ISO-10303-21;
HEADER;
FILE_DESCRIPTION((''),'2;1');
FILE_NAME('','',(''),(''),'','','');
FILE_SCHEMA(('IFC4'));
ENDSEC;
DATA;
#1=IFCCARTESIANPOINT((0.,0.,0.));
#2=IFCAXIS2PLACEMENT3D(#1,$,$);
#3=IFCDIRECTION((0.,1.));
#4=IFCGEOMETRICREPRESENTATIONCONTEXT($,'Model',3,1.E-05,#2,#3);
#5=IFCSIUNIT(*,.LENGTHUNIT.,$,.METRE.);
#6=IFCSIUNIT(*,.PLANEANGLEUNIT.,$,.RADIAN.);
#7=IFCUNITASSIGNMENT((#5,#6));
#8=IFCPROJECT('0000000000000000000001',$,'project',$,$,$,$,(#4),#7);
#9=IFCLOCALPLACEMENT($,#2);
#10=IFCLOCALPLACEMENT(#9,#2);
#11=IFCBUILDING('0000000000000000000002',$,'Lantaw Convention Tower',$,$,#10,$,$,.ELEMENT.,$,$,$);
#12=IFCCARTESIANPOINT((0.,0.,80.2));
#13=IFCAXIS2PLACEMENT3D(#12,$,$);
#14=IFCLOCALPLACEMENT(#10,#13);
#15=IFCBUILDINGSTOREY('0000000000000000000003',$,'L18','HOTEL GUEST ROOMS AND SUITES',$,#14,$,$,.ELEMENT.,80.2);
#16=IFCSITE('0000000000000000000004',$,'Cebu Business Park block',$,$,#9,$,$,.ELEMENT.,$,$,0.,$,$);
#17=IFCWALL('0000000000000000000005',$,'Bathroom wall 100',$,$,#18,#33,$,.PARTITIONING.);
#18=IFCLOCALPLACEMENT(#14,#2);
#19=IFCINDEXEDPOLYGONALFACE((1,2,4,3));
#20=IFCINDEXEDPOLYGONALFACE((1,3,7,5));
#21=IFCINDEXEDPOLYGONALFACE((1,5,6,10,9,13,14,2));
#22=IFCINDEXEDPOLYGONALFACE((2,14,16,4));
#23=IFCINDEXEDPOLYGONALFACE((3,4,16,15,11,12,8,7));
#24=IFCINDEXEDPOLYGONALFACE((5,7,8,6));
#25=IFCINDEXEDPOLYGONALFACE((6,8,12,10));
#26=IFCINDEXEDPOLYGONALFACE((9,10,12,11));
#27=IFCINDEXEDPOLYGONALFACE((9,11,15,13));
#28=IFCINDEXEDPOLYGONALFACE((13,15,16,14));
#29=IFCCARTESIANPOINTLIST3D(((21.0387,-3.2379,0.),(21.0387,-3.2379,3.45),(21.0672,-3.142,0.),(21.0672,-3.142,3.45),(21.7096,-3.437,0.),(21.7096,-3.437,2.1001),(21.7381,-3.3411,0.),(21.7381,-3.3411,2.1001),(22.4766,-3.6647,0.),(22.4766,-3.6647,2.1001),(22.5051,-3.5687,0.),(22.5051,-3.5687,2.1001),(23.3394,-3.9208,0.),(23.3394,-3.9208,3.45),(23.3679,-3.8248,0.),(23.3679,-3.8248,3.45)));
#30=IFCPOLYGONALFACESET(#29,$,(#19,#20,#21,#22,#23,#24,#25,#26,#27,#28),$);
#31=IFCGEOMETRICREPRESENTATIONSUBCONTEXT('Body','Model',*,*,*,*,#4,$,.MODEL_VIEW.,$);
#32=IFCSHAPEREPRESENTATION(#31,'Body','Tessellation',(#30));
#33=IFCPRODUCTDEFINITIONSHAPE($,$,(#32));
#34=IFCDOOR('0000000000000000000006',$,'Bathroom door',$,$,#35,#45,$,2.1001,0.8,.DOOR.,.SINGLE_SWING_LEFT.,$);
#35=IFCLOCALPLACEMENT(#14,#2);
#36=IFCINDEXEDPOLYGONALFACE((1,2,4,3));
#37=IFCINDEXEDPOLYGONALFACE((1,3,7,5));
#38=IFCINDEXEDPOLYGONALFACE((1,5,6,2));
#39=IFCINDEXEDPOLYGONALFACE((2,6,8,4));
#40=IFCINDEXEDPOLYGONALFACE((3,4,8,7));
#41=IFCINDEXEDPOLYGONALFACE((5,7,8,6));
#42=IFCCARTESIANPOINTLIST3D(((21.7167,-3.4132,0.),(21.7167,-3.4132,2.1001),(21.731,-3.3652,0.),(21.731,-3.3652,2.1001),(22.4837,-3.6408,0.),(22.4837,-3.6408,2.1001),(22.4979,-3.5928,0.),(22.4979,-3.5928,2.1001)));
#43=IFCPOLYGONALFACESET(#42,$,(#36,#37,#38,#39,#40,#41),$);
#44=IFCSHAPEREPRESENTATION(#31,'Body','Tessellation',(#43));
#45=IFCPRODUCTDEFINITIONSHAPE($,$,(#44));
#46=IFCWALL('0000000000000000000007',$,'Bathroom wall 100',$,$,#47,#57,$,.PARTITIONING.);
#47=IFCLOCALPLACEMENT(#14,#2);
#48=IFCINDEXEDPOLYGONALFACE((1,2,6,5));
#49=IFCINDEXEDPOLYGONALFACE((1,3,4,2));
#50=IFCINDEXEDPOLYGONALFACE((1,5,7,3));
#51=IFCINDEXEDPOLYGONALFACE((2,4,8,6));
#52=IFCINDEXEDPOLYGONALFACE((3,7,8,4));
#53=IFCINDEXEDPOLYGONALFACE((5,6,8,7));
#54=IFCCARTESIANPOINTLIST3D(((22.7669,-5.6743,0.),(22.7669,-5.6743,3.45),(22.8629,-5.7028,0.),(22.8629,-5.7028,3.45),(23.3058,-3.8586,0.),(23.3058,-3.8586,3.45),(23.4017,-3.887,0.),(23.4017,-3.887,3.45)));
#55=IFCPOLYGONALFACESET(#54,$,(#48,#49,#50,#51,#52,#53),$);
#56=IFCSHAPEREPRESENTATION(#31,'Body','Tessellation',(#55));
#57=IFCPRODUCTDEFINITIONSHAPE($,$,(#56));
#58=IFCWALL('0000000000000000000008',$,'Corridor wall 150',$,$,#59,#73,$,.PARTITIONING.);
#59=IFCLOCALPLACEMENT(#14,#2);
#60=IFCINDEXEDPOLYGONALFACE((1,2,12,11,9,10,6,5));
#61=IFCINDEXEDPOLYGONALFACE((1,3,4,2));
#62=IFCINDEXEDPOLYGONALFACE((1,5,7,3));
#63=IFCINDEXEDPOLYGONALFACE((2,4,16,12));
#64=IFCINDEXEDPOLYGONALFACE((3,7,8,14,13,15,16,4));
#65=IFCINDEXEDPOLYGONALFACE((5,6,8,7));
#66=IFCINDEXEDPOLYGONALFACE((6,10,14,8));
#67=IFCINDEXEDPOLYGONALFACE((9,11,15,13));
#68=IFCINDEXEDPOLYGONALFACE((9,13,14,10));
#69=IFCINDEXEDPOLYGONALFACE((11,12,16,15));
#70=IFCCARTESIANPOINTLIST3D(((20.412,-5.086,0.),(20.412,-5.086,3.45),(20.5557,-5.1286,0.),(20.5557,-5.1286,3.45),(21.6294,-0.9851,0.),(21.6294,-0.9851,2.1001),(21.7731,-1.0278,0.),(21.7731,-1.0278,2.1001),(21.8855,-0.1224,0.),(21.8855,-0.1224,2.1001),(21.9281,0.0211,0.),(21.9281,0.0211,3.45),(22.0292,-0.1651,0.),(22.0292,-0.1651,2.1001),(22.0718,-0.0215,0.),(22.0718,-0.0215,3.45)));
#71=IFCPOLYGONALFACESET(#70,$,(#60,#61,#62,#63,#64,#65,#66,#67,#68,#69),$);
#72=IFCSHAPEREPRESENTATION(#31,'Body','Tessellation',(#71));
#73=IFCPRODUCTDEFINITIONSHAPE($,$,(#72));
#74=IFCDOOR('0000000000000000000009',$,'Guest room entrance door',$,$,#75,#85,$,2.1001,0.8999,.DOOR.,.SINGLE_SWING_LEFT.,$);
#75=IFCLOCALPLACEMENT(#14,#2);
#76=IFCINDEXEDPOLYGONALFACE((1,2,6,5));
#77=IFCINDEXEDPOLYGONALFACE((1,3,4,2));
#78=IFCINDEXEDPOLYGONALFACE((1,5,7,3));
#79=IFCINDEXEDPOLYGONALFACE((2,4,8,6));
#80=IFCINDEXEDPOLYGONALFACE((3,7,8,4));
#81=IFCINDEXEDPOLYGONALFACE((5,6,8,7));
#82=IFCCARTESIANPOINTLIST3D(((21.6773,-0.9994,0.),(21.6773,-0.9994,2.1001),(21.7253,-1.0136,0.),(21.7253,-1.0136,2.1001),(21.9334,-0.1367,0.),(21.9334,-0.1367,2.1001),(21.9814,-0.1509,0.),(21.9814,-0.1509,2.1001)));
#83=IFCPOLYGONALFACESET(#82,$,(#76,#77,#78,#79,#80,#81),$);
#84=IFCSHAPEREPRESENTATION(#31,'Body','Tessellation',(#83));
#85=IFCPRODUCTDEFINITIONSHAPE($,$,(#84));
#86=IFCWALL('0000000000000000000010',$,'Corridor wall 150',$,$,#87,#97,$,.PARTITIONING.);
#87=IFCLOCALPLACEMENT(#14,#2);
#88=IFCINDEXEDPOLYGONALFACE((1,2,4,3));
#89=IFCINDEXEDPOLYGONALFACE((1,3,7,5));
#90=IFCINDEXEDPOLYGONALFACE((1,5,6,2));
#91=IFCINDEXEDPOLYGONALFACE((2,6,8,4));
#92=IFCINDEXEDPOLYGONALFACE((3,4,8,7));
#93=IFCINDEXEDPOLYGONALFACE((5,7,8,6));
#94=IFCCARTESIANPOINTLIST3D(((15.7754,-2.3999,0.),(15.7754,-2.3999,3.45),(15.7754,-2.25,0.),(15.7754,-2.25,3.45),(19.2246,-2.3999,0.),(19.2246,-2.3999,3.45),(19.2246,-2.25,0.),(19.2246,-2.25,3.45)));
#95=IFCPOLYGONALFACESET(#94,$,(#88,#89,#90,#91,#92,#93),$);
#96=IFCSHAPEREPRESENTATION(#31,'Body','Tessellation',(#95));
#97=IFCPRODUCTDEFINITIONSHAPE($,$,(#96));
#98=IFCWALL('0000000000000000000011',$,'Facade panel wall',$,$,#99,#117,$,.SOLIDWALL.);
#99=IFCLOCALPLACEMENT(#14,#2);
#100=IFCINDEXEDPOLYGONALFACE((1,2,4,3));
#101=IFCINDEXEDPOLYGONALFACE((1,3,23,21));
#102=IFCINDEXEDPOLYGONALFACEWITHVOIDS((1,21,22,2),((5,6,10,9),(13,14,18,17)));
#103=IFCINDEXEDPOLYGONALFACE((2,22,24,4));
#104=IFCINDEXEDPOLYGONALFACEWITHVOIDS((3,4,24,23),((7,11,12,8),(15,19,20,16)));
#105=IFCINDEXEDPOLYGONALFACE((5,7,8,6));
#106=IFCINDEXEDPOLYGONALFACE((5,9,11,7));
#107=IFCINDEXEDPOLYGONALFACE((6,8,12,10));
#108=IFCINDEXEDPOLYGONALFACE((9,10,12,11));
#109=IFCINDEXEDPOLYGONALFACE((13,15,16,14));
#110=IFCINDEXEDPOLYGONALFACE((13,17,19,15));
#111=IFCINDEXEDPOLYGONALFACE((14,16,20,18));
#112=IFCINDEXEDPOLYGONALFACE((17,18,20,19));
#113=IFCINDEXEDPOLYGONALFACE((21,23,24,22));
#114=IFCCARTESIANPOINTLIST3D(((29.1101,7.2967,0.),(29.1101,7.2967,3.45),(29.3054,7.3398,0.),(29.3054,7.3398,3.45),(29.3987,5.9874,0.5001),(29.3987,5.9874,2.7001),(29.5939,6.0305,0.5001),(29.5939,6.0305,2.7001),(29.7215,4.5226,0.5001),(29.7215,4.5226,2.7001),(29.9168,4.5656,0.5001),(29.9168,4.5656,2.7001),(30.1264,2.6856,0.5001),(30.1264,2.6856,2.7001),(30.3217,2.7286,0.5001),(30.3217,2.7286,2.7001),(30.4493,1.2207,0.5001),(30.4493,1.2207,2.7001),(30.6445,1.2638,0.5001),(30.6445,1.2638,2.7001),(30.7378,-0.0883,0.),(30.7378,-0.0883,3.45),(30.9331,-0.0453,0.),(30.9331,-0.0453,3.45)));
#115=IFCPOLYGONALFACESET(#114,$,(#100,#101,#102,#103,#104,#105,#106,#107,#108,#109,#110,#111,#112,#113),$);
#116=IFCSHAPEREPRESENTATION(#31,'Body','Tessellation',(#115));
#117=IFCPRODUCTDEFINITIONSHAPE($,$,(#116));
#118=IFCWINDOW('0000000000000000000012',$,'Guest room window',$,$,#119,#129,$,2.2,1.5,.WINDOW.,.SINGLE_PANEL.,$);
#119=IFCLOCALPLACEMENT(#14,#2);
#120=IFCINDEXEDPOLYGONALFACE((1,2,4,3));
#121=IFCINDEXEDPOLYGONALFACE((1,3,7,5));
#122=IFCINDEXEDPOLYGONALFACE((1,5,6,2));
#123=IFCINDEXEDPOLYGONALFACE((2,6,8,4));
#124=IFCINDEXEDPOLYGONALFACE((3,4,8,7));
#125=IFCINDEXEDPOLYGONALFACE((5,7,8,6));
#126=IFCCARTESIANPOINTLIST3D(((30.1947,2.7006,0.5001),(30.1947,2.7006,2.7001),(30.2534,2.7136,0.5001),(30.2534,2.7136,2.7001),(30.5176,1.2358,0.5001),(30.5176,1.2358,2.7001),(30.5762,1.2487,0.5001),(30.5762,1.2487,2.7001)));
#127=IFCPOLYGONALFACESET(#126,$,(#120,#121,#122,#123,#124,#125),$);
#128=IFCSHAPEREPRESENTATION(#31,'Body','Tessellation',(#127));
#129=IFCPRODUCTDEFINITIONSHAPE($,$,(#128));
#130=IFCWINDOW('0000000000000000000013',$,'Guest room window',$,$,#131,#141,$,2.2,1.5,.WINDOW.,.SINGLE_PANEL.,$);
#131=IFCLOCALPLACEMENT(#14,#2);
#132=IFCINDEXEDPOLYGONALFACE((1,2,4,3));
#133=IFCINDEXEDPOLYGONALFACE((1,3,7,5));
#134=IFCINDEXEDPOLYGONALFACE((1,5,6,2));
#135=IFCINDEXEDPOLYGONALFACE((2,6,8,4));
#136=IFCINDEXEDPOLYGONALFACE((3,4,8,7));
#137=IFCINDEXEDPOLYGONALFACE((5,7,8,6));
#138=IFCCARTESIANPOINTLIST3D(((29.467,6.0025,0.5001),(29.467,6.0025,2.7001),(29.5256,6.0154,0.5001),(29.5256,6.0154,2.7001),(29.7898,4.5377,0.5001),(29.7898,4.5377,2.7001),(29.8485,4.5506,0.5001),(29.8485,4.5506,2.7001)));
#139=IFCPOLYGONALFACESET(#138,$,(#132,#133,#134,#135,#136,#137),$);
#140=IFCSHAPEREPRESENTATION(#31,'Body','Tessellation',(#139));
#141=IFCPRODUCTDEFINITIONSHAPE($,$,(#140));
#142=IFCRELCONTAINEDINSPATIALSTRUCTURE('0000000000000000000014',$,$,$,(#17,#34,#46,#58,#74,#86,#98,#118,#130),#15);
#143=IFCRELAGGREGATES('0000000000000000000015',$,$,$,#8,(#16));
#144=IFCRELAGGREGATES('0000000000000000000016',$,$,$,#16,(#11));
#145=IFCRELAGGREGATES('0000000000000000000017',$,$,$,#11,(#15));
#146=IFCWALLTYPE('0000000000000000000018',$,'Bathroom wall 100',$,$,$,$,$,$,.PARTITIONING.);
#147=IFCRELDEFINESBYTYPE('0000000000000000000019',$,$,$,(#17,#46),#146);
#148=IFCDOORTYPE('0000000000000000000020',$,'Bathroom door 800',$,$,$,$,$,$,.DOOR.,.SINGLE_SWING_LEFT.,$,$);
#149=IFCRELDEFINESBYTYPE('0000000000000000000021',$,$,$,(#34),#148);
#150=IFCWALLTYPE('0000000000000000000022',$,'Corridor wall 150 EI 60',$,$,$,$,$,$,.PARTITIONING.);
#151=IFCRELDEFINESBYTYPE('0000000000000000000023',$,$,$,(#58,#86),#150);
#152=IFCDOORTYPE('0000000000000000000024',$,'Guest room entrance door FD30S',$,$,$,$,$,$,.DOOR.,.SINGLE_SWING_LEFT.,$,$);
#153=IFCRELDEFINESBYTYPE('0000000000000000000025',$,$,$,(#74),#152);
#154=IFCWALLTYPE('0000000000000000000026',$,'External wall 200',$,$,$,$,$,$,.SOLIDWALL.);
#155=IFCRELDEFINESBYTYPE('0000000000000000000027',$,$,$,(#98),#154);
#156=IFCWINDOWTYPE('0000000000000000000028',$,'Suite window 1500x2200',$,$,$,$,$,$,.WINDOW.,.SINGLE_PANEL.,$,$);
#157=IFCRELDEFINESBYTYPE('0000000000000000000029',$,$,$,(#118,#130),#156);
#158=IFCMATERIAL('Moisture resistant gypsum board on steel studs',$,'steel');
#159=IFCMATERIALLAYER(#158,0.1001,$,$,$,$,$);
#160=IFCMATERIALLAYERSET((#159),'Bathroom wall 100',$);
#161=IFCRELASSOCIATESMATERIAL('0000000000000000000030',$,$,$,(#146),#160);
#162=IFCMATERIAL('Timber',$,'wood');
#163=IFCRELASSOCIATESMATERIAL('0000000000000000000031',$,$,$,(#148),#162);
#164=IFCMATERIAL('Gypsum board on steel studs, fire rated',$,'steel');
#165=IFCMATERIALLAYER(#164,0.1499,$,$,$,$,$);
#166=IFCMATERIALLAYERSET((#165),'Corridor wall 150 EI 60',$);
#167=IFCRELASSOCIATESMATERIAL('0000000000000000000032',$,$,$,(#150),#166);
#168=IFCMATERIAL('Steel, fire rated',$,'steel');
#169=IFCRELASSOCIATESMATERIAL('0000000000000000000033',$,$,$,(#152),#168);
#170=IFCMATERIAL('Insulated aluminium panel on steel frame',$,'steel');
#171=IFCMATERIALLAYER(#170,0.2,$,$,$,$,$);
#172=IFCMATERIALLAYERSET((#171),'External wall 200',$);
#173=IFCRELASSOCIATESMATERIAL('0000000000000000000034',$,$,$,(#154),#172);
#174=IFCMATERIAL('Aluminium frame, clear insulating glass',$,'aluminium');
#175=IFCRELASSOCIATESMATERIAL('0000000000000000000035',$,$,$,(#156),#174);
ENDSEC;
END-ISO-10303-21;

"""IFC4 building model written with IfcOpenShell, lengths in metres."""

from ifc_helpers import new_model, si_unit, direction, frame, frame_2d, origin, place, context, subcontext, project, spatial, rectangle, extrude, material, layer, layer_set, type_object, element, fill, save


model = new_model("IFC4")

# Units and contexts
model_context = context("Model", 3, precision=1e-05, world=origin(), true_north=direction((0.0, 1.0)))
body_context = subcontext(model_context, "Body", "Model", "MODEL_VIEW")
ifc_project = project(units=[si_unit("LENGTHUNIT", "METRE"), si_unit("PLANEANGLEUNIT", "RADIAN")], contexts=[model_context])

# Site, building, storey
site_placement = place(None, origin())
site = spatial("IfcSite", under=ifc_project, at=site_placement, Name="Cebu Business Park block", CompositionType="ELEMENT", RefElevation=0.0)
building_placement = place(site_placement, origin())
building = spatial("IfcBuilding", under=site, at=building_placement, Name="Lantaw Convention Tower", CompositionType="ELEMENT")
storey_placement = place(building_placement, frame((0.0, 0.0, 80.2)))
storey = spatial("IfcBuildingStorey", under=building, at=storey_placement, Name="L18", Description="HOTEL GUEST ROOMS AND SUITES", CompositionType="ELEMENT", Elevation=80.2)

# Wall, opening, door
ifc_material_1 = material(Name="Moisture resistant gypsum board on steel studs", Category="steel")
ifc_layer_1 = layer(ifc_material_1, 0.1001)
ifc_layer_set_1 = layer_set([ifc_layer_1], Name="Bathroom wall 100")
wall_type_1 = type_object("IfcWallType", Name="Bathroom wall 100", PredefinedType="PARTITIONING", material=ifc_layer_set_1)
wall_1_placement = place(storey_placement, frame((21.053, -3.1899, 0.0), z_axis=(0.0, 0.0, 1.0), x_axis=(0.958668, -0.284528, 0.0)))
wall_1 = element("IfcWall", 1, at=wall_1_placement, inside=storey, type_object=wall_type_1, Name="Bathroom wall 100", PredefinedType="PARTITIONING", context=body_context, shape_type="SweptSolid", body=[
    extrude(rectangle(XDim=2.3999, YDim=0.1001, at=frame_2d((1.2, 0.0))), origin(), (0.0, 0.0, 1.0), 3.45),
])
opening_1_placement = place(wall_1_placement, frame((0.7, 0.0, 0.0)))
opening_1 = element("IfcOpeningElement", 2, at=opening_1_placement, cuts=wall_1, PredefinedType="OPENING", context=body_context, shape_type="SweptSolid", body=[
    extrude(rectangle(XDim=0.8, YDim=2.1001, at=frame_2d((0.3999, 1.05))), frame((0.0, 0.0601, 0.0), z_axis=(0.0, -1.0, 0.0), x_axis=(1.0, 0.0, 0.0)), (0.0, 0.0, 1.0), 0.1201),
])
ifc_material_2 = material(Name="Timber", Category="wood")
door_type_1 = type_object("IfcDoorType", Name="Bathroom door 800", OperationType="SINGLE_SWING_LEFT", PredefinedType="DOOR", material=ifc_material_2)
door_1_placement = place(opening_1_placement, origin())
door_1 = element("IfcDoor", 3, at=door_1_placement, inside=storey, type_object=door_type_1, Name="Bathroom door", OperationType="SINGLE_SWING_LEFT", OverallHeight=2.1001, OverallWidth=0.8, PredefinedType="DOOR", context=body_context, shape_type="SweptSolid", body=[
    extrude(rectangle(XDim=0.8, YDim=2.1001, at=frame_2d((0.3999, 1.05))), frame((0.0, 0.0249, 0.0), z_axis=(0.0, -1.0, 0.0), x_axis=(1.0, 0.0, 0.0)), (0.0, 0.0, 1.0), 0.05),
])
fill(opening_1, door_1)

# Wall
wall_2_placement = place(storey_placement, frame((23.3538, -3.8728, 0.0), z_axis=(0.0, 0.0, 1.0), x_axis=(-0.284496, -0.958677, 0.0)))
element("IfcWall", 4, at=wall_2_placement, inside=storey, type_object=wall_type_1, Name="Bathroom wall 100", PredefinedType="PARTITIONING", context=body_context, shape_type="SweptSolid", body=[
    extrude(rectangle(XDim=1.894, YDim=0.1001, at=frame_2d((0.947, 0.0))), origin(), (0.0, 0.0, 1.0), 3.45),
])

# Wall, opening, door
ifc_material_3 = material(Name="Gypsum board on steel studs, fire rated", Category="steel")
ifc_layer_2 = layer(ifc_material_3, 0.1499)
ifc_layer_set_2 = layer_set([ifc_layer_2], Name="Corridor wall 150 EI 60")
wall_type_2 = type_object("IfcWallType", Name="Corridor wall 150 EI 60", PredefinedType="PARTITIONING", material=ifc_layer_set_2)
wall_3_placement = place(storey_placement, frame((20.4839, -5.1072, 0.0), z_axis=(0.0, 0.0, 1.0), x_axis=(0.284584, 0.958651, 0.0)))
wall_3 = element("IfcWall", 5, at=wall_3_placement, inside=storey, type_object=wall_type_2, Name="Corridor wall 150", PredefinedType="PARTITIONING", context=body_context, shape_type="SweptSolid", body=[
    extrude(rectangle(XDim=5.3274, YDim=0.1499, at=frame_2d((2.6636, 0.0))), origin(), (0.0, 0.0, 1.0), 3.45),
])
opening_2_placement = place(wall_3_placement, frame((4.2776, 0.0, 0.0)))
opening_2 = element("IfcOpeningElement", 6, at=opening_2_placement, cuts=wall_3, PredefinedType="OPENING", context=body_context, shape_type="SweptSolid", body=[
    extrude(rectangle(XDim=0.8999, YDim=2.1001, at=frame_2d((0.45, 1.05))), frame((0.0, 0.085, 0.0), z_axis=(0.0, -1.0, 0.0), x_axis=(1.0, 0.0, 0.0)), (0.0, 0.0, 1.0), 0.1699),
])
ifc_material_4 = material(Name="Steel, fire rated", Category="steel")
door_type_2 = type_object("IfcDoorType", Name="Guest room entrance door FD30S", OperationType="SINGLE_SWING_LEFT", PredefinedType="DOOR", material=ifc_material_4)
door_2_placement = place(opening_2_placement, origin())
door_2 = element("IfcDoor", 7, at=door_2_placement, inside=storey, type_object=door_type_2, Name="Guest room entrance door", OperationType="SINGLE_SWING_LEFT", OverallHeight=2.1001, OverallWidth=0.8999, PredefinedType="DOOR", context=body_context, shape_type="SweptSolid", body=[
    extrude(rectangle(XDim=0.8999, YDim=2.1001, at=frame_2d((0.45, 1.05))), frame((0.0, 0.0249, 0.0), z_axis=(0.0, -1.0, 0.0), x_axis=(1.0, 0.0, 0.0)), (0.0, 0.0, 1.0), 0.05),
])
fill(opening_2, door_2)

# Wall
wall_4_placement = place(storey_placement, frame((19.2246, -2.325, 0.0), z_axis=(0.0, 0.0, 1.0), x_axis=(-1.0, 0.0, 0.0)))
element("IfcWall", 8, at=wall_4_placement, inside=storey, type_object=wall_type_2, Name="Corridor wall 150", PredefinedType="PARTITIONING", context=body_context, shape_type="SweptSolid", body=[
    extrude(rectangle(XDim=3.4492, YDim=0.1499, at=frame_2d((1.7246, 0.0))), origin(), (0.0, 0.0, 1.0), 3.45),
])

# Wall, openings, windows
ifc_material_5 = material(Name="Insulated aluminium panel on steel frame", Category="steel")
ifc_layer_3 = layer(ifc_material_5, 0.2)
ifc_layer_set_3 = layer_set([ifc_layer_3], Name="External wall 200")
wall_type_3 = type_object("IfcWallType", Name="External wall 200", PredefinedType="SOLIDWALL", material=ifc_layer_set_3)
wall_5_placement = place(storey_placement, frame((30.8354, -0.0669, 0.0), z_axis=(0.0, 0.0, 1.0), x_axis=(-0.215238, 0.976562, 0.0)))
wall_5 = element("IfcWall", 9, at=wall_5_placement, inside=storey, type_object=wall_type_3, Name="Facade panel wall", PredefinedType="SOLIDWALL", context=body_context, shape_type="SweptSolid", body=[
    extrude(rectangle(XDim=7.5623, YDim=0.2, at=frame_2d((3.7812, 0.0))), origin(), (0.0, 0.0, 1.0), 3.45),
])
opening_3_placement = place(wall_5_placement, frame((1.3406, 0.0, 0.5)))
opening_3 = element("IfcOpeningElement", 10, at=opening_3_placement, cuts=wall_5, PredefinedType="OPENING", context=body_context, shape_type="SweptSolid", body=[
    extrude(rectangle(XDim=1.5, YDim=2.2, at=frame_2d((0.75, 1.1001))), frame((0.0, 0.1099, 0.0), z_axis=(0.0, -1.0, 0.0), x_axis=(1.0, 0.0, 0.0)), (0.0, 0.0, 1.0), 0.22),
])
opening_4_placement = place(wall_5_placement, frame((4.7217, 0.0, 0.5)))
opening_4 = element("IfcOpeningElement", 11, at=opening_4_placement, cuts=wall_5, PredefinedType="OPENING", context=body_context, shape_type="SweptSolid", body=[
    extrude(rectangle(XDim=1.5, YDim=2.2, at=frame_2d((0.75, 1.1001))), frame((0.0, 0.1099, 0.0), z_axis=(0.0, -1.0, 0.0), x_axis=(1.0, 0.0, 0.0)), (0.0, 0.0, 1.0), 0.22),
])
ifc_material_6 = material(Name="Aluminium frame, clear insulating glass", Category="aluminium")
window_type = type_object("IfcWindowType", Name="Suite window 1500x2200", PartitioningType="SINGLE_PANEL", PredefinedType="WINDOW", material=ifc_material_6)
window_1_placement = place(opening_3_placement, origin())
window_1 = element("IfcWindow", 12, at=window_1_placement, inside=storey, type_object=window_type, Name="Guest room window", OverallHeight=2.2, OverallWidth=1.5, PartitioningType="SINGLE_PANEL", PredefinedType="WINDOW", context=body_context, shape_type="SweptSolid", body=[
    extrude(rectangle(XDim=1.5, YDim=2.2, at=frame_2d((0.75, 1.1001))), frame((0.0, 0.03, 0.0), z_axis=(0.0, -1.0, 0.0), x_axis=(1.0, 0.0, 0.0)), (0.0, 0.0, 1.0), 0.0601),
])
fill(opening_3, window_1)
window_2_placement = place(opening_4_placement, origin())
window_2 = element("IfcWindow", 13, at=window_2_placement, inside=storey, type_object=window_type, Name="Guest room window", OverallHeight=2.2, OverallWidth=1.5, PartitioningType="SINGLE_PANEL", PredefinedType="WINDOW", context=body_context, shape_type="SweptSolid", body=[
    extrude(rectangle(XDim=1.5, YDim=2.2, at=frame_2d((0.75, 1.1001))), frame((0.0, 0.03, 0.0), z_axis=(0.0, -1.0, 0.0), x_axis=(1.0, 0.0, 0.0)), (0.0, 0.0, 1.0), 0.0601),
])
fill(opening_4, window_2)

save(model, "model.ifc")
